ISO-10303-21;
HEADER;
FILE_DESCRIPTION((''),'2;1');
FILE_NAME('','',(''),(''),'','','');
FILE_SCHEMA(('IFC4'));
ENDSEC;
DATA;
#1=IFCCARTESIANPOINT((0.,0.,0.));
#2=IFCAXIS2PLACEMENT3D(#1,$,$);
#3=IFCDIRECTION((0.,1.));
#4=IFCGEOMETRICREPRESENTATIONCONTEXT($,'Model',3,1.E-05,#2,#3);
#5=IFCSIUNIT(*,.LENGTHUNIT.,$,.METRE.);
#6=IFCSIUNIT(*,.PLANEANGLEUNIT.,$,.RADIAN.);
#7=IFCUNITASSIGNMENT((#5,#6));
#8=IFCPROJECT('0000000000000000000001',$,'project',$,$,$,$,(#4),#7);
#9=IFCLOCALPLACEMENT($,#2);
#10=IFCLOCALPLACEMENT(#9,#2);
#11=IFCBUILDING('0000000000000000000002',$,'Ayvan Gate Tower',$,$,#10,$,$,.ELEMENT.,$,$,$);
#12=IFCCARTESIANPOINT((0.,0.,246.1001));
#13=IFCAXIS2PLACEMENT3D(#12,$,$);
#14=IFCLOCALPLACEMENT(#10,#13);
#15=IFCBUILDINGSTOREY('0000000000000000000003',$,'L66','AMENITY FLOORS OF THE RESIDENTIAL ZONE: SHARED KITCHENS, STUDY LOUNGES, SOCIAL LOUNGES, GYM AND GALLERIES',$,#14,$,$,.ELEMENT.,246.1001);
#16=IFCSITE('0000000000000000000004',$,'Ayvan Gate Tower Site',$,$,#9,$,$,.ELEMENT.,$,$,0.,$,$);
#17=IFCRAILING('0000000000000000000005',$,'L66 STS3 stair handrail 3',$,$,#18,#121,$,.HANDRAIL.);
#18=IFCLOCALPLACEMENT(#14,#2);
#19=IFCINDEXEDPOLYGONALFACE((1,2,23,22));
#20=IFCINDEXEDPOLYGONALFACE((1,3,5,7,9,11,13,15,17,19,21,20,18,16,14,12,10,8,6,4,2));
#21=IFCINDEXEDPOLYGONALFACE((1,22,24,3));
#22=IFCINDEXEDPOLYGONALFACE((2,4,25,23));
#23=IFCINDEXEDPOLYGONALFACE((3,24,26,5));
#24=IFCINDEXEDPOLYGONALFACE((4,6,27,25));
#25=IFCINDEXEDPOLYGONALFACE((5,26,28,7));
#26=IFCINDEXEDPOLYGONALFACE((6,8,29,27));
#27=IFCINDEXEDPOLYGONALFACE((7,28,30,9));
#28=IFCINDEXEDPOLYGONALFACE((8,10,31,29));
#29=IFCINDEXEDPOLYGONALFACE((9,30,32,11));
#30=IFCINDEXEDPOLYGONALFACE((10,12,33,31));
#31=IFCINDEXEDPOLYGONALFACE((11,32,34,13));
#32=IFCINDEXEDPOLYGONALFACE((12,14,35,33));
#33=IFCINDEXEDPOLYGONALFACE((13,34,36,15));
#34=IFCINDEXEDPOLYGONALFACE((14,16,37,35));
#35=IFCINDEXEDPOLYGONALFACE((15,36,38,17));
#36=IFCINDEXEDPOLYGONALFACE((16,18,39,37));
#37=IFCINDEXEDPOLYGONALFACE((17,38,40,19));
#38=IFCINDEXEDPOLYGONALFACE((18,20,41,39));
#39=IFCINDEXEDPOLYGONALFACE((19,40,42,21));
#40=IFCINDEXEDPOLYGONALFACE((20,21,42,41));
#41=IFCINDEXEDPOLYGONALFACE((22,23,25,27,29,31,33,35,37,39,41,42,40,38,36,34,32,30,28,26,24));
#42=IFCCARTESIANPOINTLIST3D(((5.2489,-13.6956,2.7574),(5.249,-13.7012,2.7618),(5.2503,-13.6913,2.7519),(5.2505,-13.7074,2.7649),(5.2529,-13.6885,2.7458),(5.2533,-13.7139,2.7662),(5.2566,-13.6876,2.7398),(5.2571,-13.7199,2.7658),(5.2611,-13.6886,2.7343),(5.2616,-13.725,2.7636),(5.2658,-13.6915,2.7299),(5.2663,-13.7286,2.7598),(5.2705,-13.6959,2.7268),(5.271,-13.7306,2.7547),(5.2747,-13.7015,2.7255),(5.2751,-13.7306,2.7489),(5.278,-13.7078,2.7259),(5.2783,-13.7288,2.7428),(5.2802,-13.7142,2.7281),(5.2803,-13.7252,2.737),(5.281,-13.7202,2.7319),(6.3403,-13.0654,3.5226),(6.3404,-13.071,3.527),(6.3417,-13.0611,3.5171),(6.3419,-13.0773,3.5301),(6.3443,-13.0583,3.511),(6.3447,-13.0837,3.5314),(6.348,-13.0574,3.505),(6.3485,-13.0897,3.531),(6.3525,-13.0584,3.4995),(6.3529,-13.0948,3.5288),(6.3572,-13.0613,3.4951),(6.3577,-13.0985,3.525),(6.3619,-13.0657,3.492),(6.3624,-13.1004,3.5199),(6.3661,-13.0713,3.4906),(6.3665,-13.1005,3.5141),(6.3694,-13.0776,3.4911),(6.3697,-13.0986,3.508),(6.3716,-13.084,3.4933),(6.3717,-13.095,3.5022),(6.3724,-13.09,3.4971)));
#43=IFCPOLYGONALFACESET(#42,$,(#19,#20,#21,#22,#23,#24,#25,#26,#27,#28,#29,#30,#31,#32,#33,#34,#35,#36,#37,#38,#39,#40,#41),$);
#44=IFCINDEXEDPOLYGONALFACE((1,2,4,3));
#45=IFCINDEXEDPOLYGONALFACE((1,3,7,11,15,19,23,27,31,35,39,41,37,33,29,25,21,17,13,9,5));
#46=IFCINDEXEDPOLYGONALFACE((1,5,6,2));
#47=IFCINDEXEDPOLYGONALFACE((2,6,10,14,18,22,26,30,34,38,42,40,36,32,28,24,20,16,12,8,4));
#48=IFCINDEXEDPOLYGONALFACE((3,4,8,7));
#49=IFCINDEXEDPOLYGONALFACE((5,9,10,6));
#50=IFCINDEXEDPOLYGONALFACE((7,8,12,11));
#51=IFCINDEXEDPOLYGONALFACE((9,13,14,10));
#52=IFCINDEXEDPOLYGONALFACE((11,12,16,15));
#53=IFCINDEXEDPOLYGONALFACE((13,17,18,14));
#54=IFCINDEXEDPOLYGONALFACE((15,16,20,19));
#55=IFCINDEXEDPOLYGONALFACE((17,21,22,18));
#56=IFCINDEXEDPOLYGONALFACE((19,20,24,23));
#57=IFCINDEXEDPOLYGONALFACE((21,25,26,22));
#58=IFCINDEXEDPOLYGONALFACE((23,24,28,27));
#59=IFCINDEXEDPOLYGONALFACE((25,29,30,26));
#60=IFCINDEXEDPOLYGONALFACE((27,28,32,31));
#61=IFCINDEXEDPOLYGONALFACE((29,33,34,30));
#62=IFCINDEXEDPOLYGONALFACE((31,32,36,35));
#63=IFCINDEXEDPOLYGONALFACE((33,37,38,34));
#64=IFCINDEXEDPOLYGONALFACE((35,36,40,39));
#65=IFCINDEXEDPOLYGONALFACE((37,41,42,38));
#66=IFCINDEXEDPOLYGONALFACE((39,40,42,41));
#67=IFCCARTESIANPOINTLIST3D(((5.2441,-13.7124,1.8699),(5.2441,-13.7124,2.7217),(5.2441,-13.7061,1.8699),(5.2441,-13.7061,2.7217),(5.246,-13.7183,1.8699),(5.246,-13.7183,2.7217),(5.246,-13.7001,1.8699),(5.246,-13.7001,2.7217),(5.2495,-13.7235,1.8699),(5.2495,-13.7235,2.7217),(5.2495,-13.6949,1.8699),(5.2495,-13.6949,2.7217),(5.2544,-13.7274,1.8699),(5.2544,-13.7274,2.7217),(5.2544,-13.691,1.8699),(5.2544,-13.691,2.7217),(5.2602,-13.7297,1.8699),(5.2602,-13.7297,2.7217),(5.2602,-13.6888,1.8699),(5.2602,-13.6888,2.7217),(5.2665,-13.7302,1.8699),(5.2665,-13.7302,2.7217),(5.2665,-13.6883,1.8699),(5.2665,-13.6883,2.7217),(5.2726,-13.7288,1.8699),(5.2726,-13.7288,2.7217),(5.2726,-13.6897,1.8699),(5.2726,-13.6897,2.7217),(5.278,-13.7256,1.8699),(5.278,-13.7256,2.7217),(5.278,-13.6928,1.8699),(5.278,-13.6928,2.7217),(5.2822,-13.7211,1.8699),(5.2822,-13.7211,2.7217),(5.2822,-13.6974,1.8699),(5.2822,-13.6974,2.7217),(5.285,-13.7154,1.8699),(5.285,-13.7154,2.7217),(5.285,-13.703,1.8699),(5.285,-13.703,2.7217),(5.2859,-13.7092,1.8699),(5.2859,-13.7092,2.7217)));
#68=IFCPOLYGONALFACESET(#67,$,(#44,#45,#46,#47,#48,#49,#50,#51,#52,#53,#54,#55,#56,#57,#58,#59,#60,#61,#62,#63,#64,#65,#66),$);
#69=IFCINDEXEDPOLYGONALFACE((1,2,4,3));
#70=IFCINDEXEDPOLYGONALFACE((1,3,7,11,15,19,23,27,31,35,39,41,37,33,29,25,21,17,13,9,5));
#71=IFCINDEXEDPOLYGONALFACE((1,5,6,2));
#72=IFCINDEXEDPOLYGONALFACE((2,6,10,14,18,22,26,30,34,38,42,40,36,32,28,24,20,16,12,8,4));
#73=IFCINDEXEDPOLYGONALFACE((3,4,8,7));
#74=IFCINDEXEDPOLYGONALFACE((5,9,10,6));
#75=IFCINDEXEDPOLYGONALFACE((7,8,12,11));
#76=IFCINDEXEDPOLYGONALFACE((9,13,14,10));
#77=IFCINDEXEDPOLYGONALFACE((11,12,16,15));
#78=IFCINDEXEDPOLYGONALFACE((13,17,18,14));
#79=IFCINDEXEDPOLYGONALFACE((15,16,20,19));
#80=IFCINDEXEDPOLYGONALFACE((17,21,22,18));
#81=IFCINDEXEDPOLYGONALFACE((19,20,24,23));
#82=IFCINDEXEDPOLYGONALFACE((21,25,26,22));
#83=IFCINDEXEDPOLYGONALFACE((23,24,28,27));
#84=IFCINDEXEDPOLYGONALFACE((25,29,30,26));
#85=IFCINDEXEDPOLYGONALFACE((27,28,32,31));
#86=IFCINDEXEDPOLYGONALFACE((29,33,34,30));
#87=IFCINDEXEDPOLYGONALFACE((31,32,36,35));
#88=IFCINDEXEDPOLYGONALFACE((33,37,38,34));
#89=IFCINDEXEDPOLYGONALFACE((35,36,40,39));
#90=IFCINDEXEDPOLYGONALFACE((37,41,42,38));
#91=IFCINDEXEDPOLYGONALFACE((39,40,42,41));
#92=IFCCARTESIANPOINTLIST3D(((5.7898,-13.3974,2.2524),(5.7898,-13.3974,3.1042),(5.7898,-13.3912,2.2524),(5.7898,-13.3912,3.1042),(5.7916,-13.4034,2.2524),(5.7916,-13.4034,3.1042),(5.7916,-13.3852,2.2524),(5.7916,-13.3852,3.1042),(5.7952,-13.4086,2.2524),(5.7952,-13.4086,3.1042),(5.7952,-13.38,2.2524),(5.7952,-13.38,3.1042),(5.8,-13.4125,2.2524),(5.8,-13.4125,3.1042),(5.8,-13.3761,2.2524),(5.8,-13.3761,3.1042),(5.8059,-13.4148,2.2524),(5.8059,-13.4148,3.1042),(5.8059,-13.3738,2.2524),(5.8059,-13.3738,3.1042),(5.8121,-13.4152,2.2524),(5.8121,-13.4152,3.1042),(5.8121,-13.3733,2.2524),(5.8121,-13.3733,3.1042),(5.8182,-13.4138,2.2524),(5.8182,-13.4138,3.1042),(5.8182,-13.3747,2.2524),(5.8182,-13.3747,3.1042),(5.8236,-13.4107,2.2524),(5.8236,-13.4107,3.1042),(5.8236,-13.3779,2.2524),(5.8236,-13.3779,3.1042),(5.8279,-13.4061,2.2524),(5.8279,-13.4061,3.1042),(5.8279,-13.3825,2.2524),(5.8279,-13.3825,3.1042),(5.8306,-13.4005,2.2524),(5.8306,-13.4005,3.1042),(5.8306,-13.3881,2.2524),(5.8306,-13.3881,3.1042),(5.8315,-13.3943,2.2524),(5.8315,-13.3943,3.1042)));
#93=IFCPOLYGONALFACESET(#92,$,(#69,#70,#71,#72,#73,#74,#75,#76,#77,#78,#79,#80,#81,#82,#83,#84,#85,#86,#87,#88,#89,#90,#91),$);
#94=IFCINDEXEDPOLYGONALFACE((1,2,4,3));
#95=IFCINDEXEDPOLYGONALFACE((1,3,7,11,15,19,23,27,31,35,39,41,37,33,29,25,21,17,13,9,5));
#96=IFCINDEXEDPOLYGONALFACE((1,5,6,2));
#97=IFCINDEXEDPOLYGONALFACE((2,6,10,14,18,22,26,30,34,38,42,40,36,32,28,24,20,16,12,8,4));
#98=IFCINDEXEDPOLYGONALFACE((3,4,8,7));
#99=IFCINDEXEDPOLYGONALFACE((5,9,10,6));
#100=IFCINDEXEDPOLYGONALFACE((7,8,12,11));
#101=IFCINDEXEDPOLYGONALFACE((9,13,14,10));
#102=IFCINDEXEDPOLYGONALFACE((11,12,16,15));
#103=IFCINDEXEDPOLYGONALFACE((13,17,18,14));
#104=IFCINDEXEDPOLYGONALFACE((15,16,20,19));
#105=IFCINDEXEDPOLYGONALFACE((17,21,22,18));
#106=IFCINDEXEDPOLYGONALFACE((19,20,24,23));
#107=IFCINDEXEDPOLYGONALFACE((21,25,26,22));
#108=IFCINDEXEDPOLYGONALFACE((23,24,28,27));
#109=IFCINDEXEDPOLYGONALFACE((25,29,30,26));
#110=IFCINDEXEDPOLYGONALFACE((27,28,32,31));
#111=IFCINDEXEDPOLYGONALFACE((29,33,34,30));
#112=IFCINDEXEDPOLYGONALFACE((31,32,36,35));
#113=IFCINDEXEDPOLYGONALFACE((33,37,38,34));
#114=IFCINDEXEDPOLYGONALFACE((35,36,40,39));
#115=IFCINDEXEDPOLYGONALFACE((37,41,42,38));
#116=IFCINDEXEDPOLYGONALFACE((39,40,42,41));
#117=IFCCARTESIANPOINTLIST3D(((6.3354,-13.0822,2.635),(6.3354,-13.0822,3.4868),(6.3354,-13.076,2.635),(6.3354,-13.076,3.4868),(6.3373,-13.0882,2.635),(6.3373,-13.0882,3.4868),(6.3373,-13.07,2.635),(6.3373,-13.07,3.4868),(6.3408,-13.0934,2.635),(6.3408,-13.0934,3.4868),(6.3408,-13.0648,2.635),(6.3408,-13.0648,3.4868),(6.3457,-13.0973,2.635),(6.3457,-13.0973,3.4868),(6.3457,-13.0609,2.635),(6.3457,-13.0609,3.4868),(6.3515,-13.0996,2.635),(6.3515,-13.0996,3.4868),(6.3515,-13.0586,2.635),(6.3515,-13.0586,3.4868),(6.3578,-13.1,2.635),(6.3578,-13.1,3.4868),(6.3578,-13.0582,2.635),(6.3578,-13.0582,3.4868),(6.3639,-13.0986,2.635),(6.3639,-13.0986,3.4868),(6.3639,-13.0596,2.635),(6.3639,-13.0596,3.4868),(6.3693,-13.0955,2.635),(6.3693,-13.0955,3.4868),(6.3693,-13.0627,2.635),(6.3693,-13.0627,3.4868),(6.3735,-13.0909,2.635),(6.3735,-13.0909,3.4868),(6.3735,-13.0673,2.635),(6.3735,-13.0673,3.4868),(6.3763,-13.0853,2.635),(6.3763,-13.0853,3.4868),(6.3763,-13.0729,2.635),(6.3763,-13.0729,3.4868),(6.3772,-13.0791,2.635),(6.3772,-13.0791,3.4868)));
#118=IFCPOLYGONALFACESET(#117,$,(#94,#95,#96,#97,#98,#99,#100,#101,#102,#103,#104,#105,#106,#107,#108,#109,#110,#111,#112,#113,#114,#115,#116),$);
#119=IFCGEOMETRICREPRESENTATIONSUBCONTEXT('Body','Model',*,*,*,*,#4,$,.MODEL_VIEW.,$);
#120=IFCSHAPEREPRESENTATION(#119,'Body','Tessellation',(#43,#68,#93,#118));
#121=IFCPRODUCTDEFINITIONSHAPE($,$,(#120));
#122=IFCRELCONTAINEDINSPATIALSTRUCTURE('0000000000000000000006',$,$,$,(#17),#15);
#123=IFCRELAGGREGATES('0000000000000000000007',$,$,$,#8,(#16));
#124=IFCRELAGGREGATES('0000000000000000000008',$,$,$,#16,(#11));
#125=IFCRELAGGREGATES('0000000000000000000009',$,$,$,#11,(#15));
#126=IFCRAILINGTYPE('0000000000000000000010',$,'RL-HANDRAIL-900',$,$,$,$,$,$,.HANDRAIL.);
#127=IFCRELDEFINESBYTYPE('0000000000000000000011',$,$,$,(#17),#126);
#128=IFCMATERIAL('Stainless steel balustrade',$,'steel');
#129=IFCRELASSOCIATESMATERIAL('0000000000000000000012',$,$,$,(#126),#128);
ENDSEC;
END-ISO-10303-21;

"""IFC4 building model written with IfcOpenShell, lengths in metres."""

from ifc_helpers import new_model, si_unit, direction, frame, origin, origin_2d, place, context, subcontext, project, spatial, circle, extrude, material, type_object, element, save


model = new_model("IFC4")

# Units and contexts
model_context = context("Model", 3, precision=1e-05, world=origin(), true_north=direction((0.0, 1.0)))
body_context = subcontext(model_context, "Body", "Model", "MODEL_VIEW")
ifc_project = project(units=[si_unit("LENGTHUNIT", "METRE"), si_unit("PLANEANGLEUNIT", "RADIAN")], contexts=[model_context])

# Site, building, storey
site_placement = place(None, origin())
site = spatial("IfcSite", under=ifc_project, at=site_placement, Name="Ayvan Gate Tower Site", CompositionType="ELEMENT", RefElevation=0.0)
building_placement = place(site_placement, origin())
building = spatial("IfcBuilding", under=site, at=building_placement, Name="Ayvan Gate Tower", CompositionType="ELEMENT")
storey_placement = place(building_placement, frame((0.0, 0.0, 246.1001)))
storey = spatial("IfcBuildingStorey", under=building, at=storey_placement, Name="L66", Description="AMENITY FLOORS OF THE RESIDENTIAL ZONE: SHARED KITCHENS, STUDY LOUNGES, SOCIAL LOUNGES, GYM AND GALLERIES", CompositionType="ELEMENT", Elevation=246.1001)

# Railing
ifc_material_1 = material(Name="Stainless steel balustrade", Category="steel")
railing_type_1 = type_object("IfcRailingType", Name="RL-HANDRAIL-900", PredefinedType="HANDRAIL", material=ifc_material_1)
railing_1_placement = place(storey_placement, frame((5.2649, -13.7092, 1.8699)))
element("IfcRailing", 1, at=railing_1_placement, inside=storey, type_object=railing_type_1, Name="L66 STS3 stair handrail 3", PredefinedType="HANDRAIL", context=body_context, shape_type="SweptSolid", body=[
    extrude(circle(Radius=0.0239, at=origin_2d()), frame((0.0, 0.0, 0.876), z_axis=(0.740241, 0.427419, 0.518996), x_axis=(-0.500035, 0.866005, 0.0)), (0.0, 0.0, 1.0), 1.4744),
    extrude(circle(Radius=0.021, at=origin_2d()), origin(), (0.0, 0.0, 1.0), 0.8518),
    extrude(circle(Radius=0.021, at=origin_2d()), frame((0.5457, 0.3149, 0.3826)), (0.0, 0.0, 1.0), 0.8518),
    extrude(circle(Radius=0.021, at=origin_2d()), frame((1.0913, 0.6301, 0.7651)), (0.0, 0.0, 1.0), 0.8518),
])

save(model, "model.ifc")
